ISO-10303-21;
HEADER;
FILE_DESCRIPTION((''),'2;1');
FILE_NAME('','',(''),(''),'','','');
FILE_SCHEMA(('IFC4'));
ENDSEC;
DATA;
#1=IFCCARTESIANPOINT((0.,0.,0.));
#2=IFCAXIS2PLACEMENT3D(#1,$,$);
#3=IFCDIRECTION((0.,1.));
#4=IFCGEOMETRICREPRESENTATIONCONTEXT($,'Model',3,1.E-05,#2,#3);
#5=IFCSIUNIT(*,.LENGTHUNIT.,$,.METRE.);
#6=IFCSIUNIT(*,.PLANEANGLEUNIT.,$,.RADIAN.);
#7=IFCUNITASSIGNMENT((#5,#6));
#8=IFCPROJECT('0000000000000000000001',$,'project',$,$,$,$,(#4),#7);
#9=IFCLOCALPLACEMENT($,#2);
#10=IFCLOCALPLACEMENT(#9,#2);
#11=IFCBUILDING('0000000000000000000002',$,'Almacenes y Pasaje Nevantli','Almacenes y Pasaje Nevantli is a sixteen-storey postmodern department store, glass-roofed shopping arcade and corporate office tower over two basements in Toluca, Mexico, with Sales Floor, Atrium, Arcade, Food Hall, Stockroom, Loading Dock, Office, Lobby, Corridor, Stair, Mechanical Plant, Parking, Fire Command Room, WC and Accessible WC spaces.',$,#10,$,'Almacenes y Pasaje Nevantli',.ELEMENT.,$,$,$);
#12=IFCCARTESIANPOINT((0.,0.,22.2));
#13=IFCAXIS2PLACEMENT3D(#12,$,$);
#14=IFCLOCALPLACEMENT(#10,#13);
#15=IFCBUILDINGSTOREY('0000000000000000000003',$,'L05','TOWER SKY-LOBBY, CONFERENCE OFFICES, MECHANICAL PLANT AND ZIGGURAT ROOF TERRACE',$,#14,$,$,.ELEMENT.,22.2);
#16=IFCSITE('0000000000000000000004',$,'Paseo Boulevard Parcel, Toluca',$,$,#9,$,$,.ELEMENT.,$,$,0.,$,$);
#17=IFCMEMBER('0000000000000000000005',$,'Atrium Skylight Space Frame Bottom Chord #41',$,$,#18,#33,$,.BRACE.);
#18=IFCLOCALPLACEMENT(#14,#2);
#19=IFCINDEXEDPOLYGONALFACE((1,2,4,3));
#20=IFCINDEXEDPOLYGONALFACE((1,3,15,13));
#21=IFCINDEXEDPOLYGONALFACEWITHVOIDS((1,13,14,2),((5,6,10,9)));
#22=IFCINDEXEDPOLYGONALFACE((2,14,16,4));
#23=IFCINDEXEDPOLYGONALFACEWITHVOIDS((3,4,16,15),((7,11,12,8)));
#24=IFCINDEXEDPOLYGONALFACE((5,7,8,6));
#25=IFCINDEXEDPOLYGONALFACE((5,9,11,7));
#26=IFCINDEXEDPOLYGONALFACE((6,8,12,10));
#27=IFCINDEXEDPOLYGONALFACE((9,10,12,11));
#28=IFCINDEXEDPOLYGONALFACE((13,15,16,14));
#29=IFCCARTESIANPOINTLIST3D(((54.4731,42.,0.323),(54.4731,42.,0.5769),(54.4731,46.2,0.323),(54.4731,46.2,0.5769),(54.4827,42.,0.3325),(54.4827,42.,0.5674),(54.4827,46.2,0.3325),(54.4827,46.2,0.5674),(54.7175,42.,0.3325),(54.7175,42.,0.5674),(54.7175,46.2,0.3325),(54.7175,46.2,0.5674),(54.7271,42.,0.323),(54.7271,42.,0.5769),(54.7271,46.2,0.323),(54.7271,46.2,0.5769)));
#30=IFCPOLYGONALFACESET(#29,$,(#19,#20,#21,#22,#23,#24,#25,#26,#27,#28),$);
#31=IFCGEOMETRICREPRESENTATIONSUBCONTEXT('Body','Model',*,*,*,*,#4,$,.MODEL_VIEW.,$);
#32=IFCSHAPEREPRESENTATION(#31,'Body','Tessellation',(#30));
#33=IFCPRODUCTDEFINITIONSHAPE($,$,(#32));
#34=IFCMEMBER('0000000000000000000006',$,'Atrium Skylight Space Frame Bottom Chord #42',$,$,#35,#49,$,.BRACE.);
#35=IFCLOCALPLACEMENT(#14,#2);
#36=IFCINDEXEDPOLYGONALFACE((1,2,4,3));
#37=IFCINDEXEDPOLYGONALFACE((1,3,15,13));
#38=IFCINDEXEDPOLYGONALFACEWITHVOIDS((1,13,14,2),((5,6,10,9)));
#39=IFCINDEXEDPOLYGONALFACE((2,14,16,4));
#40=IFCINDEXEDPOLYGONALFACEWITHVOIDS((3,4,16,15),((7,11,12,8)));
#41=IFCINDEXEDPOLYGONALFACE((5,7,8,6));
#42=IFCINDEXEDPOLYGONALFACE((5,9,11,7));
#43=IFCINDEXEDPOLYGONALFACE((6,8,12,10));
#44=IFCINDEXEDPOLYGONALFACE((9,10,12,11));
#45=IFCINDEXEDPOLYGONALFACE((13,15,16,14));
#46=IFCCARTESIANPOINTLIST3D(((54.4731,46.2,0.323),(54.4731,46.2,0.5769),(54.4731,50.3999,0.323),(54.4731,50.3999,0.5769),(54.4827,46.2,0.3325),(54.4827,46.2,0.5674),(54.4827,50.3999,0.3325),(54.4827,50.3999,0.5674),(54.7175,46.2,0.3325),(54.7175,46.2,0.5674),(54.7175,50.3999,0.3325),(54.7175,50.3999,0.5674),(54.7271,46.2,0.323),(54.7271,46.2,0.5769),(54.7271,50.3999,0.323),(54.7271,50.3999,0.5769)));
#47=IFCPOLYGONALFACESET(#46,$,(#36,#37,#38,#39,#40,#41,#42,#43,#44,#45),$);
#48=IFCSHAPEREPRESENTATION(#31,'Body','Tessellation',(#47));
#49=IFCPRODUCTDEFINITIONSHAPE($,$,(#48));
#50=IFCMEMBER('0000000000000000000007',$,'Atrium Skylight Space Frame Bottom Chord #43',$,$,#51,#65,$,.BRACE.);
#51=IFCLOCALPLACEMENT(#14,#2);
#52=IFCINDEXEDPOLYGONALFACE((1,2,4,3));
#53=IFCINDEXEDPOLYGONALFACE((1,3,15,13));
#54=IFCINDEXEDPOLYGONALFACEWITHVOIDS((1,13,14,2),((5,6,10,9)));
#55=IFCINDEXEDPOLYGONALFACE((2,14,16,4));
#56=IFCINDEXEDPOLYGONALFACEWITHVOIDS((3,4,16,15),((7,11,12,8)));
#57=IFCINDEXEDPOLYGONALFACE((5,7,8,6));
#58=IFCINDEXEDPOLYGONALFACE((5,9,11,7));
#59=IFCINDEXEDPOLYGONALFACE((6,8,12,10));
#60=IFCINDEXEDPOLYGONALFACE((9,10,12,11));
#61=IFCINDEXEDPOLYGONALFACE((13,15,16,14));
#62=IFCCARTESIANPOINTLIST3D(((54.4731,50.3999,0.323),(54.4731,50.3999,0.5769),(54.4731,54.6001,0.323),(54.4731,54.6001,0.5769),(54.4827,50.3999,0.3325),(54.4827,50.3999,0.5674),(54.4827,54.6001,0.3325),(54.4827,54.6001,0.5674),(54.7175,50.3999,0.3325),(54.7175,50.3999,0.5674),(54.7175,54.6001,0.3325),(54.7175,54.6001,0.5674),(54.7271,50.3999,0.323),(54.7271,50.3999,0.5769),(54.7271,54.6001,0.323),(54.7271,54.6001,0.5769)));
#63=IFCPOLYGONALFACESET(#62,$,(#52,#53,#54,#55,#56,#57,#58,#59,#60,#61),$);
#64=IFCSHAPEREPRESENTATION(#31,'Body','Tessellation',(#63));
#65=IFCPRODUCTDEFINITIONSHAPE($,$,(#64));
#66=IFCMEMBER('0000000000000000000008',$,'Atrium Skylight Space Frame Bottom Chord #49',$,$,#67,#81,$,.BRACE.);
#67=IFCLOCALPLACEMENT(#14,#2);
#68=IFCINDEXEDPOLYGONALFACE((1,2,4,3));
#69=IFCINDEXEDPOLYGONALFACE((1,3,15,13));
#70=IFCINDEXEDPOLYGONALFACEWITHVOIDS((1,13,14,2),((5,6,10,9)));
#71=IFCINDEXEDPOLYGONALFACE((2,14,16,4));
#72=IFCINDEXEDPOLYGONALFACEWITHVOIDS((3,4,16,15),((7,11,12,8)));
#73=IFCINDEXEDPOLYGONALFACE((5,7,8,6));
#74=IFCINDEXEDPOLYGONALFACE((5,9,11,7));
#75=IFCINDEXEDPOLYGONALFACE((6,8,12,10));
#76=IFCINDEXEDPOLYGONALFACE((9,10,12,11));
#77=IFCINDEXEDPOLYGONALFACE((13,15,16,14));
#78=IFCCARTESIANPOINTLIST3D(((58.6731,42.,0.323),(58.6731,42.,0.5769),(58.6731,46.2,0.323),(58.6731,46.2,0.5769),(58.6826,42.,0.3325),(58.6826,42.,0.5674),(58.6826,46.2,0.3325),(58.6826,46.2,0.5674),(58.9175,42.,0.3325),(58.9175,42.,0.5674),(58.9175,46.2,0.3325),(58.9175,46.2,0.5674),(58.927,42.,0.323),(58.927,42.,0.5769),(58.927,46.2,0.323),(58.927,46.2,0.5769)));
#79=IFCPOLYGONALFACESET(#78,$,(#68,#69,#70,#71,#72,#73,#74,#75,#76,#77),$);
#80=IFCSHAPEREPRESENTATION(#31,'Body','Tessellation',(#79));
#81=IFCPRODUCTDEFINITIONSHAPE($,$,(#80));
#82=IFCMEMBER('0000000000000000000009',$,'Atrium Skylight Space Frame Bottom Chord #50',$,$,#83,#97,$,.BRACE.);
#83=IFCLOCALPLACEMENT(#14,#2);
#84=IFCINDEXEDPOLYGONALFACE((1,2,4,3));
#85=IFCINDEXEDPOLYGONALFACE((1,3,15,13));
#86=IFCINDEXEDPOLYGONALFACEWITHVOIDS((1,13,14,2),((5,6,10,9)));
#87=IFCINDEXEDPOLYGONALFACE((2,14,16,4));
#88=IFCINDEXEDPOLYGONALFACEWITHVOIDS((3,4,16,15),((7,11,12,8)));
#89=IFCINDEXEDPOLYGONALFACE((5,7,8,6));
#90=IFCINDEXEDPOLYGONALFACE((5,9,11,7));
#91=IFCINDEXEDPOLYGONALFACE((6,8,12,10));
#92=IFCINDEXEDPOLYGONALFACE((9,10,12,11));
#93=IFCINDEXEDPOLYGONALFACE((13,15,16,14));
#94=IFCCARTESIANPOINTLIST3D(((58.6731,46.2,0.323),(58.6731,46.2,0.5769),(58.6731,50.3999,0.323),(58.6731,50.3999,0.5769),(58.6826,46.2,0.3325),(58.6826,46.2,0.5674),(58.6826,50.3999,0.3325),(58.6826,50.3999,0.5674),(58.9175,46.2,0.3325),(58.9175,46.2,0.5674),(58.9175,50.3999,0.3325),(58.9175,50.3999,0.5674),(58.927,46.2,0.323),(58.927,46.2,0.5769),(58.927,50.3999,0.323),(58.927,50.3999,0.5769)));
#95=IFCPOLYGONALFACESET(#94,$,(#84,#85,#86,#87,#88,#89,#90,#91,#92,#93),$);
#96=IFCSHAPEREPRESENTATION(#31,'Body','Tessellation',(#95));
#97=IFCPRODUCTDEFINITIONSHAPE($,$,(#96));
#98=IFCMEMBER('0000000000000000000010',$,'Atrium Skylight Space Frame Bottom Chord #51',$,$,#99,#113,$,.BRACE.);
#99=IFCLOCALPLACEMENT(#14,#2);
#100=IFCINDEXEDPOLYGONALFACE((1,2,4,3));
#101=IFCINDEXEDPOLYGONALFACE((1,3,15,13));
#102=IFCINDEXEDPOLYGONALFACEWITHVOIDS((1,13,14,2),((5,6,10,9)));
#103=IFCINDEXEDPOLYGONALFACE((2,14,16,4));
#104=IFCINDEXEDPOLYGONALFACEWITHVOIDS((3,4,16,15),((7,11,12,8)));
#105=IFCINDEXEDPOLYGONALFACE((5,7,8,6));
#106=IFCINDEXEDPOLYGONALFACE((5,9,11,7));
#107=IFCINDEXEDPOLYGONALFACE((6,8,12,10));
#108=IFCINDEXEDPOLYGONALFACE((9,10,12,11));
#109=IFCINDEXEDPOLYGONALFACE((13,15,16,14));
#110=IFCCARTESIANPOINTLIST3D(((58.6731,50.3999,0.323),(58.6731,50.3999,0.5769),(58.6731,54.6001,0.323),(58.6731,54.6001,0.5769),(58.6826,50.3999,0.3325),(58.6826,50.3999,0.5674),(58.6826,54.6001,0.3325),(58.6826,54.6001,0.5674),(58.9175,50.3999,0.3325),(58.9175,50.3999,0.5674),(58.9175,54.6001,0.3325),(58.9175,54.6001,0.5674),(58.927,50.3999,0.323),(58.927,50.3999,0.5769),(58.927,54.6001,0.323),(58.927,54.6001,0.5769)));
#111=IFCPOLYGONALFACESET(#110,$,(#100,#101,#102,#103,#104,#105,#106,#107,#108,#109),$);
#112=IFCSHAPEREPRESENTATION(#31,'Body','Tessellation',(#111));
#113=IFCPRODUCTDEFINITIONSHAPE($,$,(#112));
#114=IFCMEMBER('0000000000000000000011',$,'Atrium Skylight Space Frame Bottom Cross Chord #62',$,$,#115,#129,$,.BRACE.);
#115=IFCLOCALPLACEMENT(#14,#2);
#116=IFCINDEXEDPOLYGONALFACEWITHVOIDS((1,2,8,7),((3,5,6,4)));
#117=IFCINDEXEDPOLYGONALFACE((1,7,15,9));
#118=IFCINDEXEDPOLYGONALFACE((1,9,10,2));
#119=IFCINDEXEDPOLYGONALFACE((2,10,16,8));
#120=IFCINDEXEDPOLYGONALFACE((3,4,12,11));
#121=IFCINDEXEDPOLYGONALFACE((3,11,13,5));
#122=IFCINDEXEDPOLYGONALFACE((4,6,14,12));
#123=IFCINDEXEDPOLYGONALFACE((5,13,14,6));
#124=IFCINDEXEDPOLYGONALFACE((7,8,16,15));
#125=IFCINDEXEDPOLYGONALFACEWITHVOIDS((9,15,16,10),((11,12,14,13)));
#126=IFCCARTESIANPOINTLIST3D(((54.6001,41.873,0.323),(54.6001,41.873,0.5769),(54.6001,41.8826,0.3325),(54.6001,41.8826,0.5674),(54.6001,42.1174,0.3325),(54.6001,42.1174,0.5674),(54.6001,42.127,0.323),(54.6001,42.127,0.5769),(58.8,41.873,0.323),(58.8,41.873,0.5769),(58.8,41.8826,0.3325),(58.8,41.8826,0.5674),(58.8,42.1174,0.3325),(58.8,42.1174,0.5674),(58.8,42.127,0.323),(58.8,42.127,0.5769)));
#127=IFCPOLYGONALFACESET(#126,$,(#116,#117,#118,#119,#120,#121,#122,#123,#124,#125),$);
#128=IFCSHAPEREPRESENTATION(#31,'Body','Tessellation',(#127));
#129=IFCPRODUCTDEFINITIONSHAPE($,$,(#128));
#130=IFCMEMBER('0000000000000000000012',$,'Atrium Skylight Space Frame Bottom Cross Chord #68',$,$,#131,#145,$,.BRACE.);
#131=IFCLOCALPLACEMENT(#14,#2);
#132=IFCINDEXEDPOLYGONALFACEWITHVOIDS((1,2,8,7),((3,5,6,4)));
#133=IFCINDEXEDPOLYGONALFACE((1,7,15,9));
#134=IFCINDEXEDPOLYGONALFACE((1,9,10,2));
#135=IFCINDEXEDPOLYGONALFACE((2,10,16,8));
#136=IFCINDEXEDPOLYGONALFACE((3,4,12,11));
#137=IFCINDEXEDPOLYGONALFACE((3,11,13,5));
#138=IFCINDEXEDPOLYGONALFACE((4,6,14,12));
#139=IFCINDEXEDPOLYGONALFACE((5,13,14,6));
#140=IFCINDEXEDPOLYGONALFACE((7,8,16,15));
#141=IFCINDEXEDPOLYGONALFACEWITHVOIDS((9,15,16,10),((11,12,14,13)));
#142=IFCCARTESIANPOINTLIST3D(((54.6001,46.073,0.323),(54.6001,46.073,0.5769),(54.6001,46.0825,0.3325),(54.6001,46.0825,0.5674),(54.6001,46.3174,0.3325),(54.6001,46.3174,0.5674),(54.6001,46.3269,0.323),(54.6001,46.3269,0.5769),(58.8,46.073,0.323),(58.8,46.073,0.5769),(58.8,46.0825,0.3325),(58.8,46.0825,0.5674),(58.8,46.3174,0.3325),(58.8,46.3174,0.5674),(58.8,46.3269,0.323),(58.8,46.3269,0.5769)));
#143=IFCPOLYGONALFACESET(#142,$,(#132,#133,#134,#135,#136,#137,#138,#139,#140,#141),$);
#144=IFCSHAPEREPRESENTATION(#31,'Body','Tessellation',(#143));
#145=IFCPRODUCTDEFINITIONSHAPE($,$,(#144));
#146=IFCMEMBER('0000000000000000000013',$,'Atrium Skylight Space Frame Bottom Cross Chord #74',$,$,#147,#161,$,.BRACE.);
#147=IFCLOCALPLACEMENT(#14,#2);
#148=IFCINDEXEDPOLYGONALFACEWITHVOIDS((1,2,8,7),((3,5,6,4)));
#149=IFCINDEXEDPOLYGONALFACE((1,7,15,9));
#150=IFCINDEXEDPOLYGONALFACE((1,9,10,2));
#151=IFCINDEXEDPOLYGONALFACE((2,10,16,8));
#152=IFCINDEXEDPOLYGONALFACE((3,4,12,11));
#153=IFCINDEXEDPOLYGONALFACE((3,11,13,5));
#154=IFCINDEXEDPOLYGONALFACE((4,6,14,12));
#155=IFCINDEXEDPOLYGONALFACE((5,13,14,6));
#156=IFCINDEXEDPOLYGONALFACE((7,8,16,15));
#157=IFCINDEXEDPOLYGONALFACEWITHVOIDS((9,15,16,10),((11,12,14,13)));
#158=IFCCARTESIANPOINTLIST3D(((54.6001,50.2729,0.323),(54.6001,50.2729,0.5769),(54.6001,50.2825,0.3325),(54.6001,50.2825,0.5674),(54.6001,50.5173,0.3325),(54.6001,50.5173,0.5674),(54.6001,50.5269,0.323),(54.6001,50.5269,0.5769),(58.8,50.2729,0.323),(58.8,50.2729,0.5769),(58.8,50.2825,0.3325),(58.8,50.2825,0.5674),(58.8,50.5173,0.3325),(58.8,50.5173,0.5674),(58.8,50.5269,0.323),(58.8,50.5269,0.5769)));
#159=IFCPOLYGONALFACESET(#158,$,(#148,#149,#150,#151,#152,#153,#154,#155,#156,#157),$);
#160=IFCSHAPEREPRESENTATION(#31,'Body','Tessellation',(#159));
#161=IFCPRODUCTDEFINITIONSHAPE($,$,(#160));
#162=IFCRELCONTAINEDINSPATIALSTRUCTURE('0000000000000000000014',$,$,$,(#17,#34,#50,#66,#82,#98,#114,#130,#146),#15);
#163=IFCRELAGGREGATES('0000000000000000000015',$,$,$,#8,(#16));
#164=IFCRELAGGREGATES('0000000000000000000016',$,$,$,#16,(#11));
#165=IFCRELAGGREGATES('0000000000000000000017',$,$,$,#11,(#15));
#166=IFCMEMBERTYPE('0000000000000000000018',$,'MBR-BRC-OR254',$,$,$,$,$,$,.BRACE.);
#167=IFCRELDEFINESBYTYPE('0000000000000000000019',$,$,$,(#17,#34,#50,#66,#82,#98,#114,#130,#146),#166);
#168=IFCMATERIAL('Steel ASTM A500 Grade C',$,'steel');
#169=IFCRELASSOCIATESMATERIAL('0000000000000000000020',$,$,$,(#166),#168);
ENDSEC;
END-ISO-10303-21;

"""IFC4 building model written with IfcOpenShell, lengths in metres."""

from ifc_helpers import new_model, si_unit, direction, frame, origin, origin_2d, place, context, subcontext, project, spatial, hollow_rectangle, extrude, material, material_profile, profile_set, type_object, element, save


model = new_model("IFC4")

# Units and contexts
model_context = context("Model", 3, precision=1e-05, world=origin(), true_north=direction((0.0, 1.0)))
body_context = subcontext(model_context, "Body", "Model", "MODEL_VIEW")
ifc_project = project(units=[si_unit("LENGTHUNIT", "METRE"), si_unit("PLANEANGLEUNIT", "RADIAN")], contexts=[model_context])

# Site, building, storey
site_placement = place(None, origin())
site = spatial("IfcSite", under=ifc_project, at=site_placement, Name="Paseo Boulevard Parcel, Toluca", CompositionType="ELEMENT", RefElevation=0.0)
building_placement = place(site_placement, origin())
building = spatial("IfcBuilding", under=site, at=building_placement, Name="Almacenes y Pasaje Nevantli", Description="Almacenes y Pasaje Nevantli is a sixteen-storey postmodern department store, glass-roofed shopping arcade and corporate office tower over two basements in Toluca, Mexico, with Sales Floor, Atrium, Arcade, Food Hall, Stockroom, Loading Dock, Office, Lobby, Corridor, Stair, Mechanical Plant, Parking, Fire Command Room, WC and Accessible WC spaces.", LongName="Almacenes y Pasaje Nevantli", CompositionType="ELEMENT")
storey_placement = place(building_placement, frame((0.0, 0.0, 22.2)))
storey = spatial("IfcBuildingStorey", under=building, at=storey_placement, Name="L05", Description="TOWER SKY-LOBBY, CONFERENCE OFFICES, MECHANICAL PLANT AND ZIGGURAT ROOF TERRACE", CompositionType="ELEMENT", Elevation=22.2)

# Members
ifc_material_1 = material(Name="Steel ASTM A500 Grade C", Category="steel")
ifc_material_profile_1 = material_profile(ifc_material_1, hollow_rectangle(XDim=0.2539, YDim=0.2539, WallThickness=0.0095, at=origin_2d()), Name="OR 254x254x9.5")
ifc_profile_set_1 = profile_set([ifc_material_profile_1], Name="Steel ASTM A500 Grade C")
member_type_1 = type_object("IfcMemberType", Name="MBR-BRC-OR254", PredefinedType="BRACE", material=ifc_profile_set_1)
for number, where, z_axis, x_axis, name in (
    (1, (54.6001, 42.0, 0.45), (0.0, 1.0, 0.0), (-1.0, 0.0, 0.0), "Atrium Skylight Space Frame Bottom Chord #41"),
    (2, (54.6001, 46.2, 0.45), (0.0, 1.0, 0.0), (-1.0, 0.0, 0.0), "Atrium Skylight Space Frame Bottom Chord #42"),
):
    element("IfcMember", number, at=place(storey_placement, frame(where, z_axis=z_axis, x_axis=x_axis)), inside=storey, type_object=member_type_1, Name=name, PredefinedType="BRACE", context=body_context, shape_type="SweptSolid", body=[
        extrude(hollow_rectangle(XDim=0.2539, YDim=0.2539, WallThickness=0.0095, at=origin_2d()), origin(), (0.0, 0.0, 1.0), 4.2),
    ])
member_1_placement = place(storey_placement, frame((54.6001, 50.3999, 0.45), z_axis=(0.0, 1.0, 0.0), x_axis=(-1.0, 0.0, 0.0)))
element("IfcMember", 3, at=member_1_placement, inside=storey, type_object=member_type_1, Name="Atrium Skylight Space Frame Bottom Chord #43", PredefinedType="BRACE", context=body_context, shape_type="SweptSolid", body=[
    extrude(hollow_rectangle(XDim=0.2539, YDim=0.2539, WallThickness=0.0095, at=origin_2d()), origin(), (0.0, 0.0, 1.0), 4.2002),
])
for number, where, z_axis, x_axis, name in (
    (4, (58.8, 42.0, 0.45), (0.0, 1.0, 0.0), (-1.0, 0.0, 0.0), "Atrium Skylight Space Frame Bottom Chord #49"),
    (5, (58.8, 46.2, 0.45), (0.0, 1.0, 0.0), (-1.0, 0.0, 0.0), "Atrium Skylight Space Frame Bottom Chord #50"),
):
    element("IfcMember", number, at=place(storey_placement, frame(where, z_axis=z_axis, x_axis=x_axis)), inside=storey, type_object=member_type_1, Name=name, PredefinedType="BRACE", context=body_context, shape_type="SweptSolid", body=[
        extrude(hollow_rectangle(XDim=0.2539, YDim=0.2539, WallThickness=0.0095, at=origin_2d()), origin(), (0.0, 0.0, 1.0), 4.2),
    ])
member_2_placement = place(storey_placement, frame((58.8, 50.3999, 0.45), z_axis=(0.0, 1.0, 0.0), x_axis=(-1.0, 0.0, 0.0)))
element("IfcMember", 6, at=member_2_placement, inside=storey, type_object=member_type_1, Name="Atrium Skylight Space Frame Bottom Chord #51", PredefinedType="BRACE", context=body_context, shape_type="SweptSolid", body=[
    extrude(hollow_rectangle(XDim=0.2539, YDim=0.2539, WallThickness=0.0095, at=origin_2d()), origin(), (0.0, 0.0, 1.0), 4.2002),
])
for number, where, z_axis, x_axis, name in (
    (7, (54.6001, 42.0, 0.45), (1.0, 0.0, 0.0), (0.0, 1.0, 0.0), "Atrium Skylight Space Frame Bottom Cross Chord #62"),
    (8, (54.6001, 46.2, 0.45), (1.0, 0.0, 0.0), (0.0, 1.0, 0.0), "Atrium Skylight Space Frame Bottom Cross Chord #68"),
    (9, (54.6001, 50.3999, 0.45), (1.0, 0.0, 0.0), (0.0, 1.0, 0.0), "Atrium Skylight Space Frame Bottom Cross Chord #74"),
):
    element("IfcMember", number, at=place(storey_placement, frame(where, z_axis=z_axis, x_axis=x_axis)), inside=storey, type_object=member_type_1, Name=name, PredefinedType="BRACE", context=body_context, shape_type="SweptSolid", body=[
        extrude(hollow_rectangle(XDim=0.2539, YDim=0.2539, WallThickness=0.0095, at=origin_2d()), origin(), (0.0, 0.0, 1.0), 4.2),
    ])

save(model, "model.ifc")
